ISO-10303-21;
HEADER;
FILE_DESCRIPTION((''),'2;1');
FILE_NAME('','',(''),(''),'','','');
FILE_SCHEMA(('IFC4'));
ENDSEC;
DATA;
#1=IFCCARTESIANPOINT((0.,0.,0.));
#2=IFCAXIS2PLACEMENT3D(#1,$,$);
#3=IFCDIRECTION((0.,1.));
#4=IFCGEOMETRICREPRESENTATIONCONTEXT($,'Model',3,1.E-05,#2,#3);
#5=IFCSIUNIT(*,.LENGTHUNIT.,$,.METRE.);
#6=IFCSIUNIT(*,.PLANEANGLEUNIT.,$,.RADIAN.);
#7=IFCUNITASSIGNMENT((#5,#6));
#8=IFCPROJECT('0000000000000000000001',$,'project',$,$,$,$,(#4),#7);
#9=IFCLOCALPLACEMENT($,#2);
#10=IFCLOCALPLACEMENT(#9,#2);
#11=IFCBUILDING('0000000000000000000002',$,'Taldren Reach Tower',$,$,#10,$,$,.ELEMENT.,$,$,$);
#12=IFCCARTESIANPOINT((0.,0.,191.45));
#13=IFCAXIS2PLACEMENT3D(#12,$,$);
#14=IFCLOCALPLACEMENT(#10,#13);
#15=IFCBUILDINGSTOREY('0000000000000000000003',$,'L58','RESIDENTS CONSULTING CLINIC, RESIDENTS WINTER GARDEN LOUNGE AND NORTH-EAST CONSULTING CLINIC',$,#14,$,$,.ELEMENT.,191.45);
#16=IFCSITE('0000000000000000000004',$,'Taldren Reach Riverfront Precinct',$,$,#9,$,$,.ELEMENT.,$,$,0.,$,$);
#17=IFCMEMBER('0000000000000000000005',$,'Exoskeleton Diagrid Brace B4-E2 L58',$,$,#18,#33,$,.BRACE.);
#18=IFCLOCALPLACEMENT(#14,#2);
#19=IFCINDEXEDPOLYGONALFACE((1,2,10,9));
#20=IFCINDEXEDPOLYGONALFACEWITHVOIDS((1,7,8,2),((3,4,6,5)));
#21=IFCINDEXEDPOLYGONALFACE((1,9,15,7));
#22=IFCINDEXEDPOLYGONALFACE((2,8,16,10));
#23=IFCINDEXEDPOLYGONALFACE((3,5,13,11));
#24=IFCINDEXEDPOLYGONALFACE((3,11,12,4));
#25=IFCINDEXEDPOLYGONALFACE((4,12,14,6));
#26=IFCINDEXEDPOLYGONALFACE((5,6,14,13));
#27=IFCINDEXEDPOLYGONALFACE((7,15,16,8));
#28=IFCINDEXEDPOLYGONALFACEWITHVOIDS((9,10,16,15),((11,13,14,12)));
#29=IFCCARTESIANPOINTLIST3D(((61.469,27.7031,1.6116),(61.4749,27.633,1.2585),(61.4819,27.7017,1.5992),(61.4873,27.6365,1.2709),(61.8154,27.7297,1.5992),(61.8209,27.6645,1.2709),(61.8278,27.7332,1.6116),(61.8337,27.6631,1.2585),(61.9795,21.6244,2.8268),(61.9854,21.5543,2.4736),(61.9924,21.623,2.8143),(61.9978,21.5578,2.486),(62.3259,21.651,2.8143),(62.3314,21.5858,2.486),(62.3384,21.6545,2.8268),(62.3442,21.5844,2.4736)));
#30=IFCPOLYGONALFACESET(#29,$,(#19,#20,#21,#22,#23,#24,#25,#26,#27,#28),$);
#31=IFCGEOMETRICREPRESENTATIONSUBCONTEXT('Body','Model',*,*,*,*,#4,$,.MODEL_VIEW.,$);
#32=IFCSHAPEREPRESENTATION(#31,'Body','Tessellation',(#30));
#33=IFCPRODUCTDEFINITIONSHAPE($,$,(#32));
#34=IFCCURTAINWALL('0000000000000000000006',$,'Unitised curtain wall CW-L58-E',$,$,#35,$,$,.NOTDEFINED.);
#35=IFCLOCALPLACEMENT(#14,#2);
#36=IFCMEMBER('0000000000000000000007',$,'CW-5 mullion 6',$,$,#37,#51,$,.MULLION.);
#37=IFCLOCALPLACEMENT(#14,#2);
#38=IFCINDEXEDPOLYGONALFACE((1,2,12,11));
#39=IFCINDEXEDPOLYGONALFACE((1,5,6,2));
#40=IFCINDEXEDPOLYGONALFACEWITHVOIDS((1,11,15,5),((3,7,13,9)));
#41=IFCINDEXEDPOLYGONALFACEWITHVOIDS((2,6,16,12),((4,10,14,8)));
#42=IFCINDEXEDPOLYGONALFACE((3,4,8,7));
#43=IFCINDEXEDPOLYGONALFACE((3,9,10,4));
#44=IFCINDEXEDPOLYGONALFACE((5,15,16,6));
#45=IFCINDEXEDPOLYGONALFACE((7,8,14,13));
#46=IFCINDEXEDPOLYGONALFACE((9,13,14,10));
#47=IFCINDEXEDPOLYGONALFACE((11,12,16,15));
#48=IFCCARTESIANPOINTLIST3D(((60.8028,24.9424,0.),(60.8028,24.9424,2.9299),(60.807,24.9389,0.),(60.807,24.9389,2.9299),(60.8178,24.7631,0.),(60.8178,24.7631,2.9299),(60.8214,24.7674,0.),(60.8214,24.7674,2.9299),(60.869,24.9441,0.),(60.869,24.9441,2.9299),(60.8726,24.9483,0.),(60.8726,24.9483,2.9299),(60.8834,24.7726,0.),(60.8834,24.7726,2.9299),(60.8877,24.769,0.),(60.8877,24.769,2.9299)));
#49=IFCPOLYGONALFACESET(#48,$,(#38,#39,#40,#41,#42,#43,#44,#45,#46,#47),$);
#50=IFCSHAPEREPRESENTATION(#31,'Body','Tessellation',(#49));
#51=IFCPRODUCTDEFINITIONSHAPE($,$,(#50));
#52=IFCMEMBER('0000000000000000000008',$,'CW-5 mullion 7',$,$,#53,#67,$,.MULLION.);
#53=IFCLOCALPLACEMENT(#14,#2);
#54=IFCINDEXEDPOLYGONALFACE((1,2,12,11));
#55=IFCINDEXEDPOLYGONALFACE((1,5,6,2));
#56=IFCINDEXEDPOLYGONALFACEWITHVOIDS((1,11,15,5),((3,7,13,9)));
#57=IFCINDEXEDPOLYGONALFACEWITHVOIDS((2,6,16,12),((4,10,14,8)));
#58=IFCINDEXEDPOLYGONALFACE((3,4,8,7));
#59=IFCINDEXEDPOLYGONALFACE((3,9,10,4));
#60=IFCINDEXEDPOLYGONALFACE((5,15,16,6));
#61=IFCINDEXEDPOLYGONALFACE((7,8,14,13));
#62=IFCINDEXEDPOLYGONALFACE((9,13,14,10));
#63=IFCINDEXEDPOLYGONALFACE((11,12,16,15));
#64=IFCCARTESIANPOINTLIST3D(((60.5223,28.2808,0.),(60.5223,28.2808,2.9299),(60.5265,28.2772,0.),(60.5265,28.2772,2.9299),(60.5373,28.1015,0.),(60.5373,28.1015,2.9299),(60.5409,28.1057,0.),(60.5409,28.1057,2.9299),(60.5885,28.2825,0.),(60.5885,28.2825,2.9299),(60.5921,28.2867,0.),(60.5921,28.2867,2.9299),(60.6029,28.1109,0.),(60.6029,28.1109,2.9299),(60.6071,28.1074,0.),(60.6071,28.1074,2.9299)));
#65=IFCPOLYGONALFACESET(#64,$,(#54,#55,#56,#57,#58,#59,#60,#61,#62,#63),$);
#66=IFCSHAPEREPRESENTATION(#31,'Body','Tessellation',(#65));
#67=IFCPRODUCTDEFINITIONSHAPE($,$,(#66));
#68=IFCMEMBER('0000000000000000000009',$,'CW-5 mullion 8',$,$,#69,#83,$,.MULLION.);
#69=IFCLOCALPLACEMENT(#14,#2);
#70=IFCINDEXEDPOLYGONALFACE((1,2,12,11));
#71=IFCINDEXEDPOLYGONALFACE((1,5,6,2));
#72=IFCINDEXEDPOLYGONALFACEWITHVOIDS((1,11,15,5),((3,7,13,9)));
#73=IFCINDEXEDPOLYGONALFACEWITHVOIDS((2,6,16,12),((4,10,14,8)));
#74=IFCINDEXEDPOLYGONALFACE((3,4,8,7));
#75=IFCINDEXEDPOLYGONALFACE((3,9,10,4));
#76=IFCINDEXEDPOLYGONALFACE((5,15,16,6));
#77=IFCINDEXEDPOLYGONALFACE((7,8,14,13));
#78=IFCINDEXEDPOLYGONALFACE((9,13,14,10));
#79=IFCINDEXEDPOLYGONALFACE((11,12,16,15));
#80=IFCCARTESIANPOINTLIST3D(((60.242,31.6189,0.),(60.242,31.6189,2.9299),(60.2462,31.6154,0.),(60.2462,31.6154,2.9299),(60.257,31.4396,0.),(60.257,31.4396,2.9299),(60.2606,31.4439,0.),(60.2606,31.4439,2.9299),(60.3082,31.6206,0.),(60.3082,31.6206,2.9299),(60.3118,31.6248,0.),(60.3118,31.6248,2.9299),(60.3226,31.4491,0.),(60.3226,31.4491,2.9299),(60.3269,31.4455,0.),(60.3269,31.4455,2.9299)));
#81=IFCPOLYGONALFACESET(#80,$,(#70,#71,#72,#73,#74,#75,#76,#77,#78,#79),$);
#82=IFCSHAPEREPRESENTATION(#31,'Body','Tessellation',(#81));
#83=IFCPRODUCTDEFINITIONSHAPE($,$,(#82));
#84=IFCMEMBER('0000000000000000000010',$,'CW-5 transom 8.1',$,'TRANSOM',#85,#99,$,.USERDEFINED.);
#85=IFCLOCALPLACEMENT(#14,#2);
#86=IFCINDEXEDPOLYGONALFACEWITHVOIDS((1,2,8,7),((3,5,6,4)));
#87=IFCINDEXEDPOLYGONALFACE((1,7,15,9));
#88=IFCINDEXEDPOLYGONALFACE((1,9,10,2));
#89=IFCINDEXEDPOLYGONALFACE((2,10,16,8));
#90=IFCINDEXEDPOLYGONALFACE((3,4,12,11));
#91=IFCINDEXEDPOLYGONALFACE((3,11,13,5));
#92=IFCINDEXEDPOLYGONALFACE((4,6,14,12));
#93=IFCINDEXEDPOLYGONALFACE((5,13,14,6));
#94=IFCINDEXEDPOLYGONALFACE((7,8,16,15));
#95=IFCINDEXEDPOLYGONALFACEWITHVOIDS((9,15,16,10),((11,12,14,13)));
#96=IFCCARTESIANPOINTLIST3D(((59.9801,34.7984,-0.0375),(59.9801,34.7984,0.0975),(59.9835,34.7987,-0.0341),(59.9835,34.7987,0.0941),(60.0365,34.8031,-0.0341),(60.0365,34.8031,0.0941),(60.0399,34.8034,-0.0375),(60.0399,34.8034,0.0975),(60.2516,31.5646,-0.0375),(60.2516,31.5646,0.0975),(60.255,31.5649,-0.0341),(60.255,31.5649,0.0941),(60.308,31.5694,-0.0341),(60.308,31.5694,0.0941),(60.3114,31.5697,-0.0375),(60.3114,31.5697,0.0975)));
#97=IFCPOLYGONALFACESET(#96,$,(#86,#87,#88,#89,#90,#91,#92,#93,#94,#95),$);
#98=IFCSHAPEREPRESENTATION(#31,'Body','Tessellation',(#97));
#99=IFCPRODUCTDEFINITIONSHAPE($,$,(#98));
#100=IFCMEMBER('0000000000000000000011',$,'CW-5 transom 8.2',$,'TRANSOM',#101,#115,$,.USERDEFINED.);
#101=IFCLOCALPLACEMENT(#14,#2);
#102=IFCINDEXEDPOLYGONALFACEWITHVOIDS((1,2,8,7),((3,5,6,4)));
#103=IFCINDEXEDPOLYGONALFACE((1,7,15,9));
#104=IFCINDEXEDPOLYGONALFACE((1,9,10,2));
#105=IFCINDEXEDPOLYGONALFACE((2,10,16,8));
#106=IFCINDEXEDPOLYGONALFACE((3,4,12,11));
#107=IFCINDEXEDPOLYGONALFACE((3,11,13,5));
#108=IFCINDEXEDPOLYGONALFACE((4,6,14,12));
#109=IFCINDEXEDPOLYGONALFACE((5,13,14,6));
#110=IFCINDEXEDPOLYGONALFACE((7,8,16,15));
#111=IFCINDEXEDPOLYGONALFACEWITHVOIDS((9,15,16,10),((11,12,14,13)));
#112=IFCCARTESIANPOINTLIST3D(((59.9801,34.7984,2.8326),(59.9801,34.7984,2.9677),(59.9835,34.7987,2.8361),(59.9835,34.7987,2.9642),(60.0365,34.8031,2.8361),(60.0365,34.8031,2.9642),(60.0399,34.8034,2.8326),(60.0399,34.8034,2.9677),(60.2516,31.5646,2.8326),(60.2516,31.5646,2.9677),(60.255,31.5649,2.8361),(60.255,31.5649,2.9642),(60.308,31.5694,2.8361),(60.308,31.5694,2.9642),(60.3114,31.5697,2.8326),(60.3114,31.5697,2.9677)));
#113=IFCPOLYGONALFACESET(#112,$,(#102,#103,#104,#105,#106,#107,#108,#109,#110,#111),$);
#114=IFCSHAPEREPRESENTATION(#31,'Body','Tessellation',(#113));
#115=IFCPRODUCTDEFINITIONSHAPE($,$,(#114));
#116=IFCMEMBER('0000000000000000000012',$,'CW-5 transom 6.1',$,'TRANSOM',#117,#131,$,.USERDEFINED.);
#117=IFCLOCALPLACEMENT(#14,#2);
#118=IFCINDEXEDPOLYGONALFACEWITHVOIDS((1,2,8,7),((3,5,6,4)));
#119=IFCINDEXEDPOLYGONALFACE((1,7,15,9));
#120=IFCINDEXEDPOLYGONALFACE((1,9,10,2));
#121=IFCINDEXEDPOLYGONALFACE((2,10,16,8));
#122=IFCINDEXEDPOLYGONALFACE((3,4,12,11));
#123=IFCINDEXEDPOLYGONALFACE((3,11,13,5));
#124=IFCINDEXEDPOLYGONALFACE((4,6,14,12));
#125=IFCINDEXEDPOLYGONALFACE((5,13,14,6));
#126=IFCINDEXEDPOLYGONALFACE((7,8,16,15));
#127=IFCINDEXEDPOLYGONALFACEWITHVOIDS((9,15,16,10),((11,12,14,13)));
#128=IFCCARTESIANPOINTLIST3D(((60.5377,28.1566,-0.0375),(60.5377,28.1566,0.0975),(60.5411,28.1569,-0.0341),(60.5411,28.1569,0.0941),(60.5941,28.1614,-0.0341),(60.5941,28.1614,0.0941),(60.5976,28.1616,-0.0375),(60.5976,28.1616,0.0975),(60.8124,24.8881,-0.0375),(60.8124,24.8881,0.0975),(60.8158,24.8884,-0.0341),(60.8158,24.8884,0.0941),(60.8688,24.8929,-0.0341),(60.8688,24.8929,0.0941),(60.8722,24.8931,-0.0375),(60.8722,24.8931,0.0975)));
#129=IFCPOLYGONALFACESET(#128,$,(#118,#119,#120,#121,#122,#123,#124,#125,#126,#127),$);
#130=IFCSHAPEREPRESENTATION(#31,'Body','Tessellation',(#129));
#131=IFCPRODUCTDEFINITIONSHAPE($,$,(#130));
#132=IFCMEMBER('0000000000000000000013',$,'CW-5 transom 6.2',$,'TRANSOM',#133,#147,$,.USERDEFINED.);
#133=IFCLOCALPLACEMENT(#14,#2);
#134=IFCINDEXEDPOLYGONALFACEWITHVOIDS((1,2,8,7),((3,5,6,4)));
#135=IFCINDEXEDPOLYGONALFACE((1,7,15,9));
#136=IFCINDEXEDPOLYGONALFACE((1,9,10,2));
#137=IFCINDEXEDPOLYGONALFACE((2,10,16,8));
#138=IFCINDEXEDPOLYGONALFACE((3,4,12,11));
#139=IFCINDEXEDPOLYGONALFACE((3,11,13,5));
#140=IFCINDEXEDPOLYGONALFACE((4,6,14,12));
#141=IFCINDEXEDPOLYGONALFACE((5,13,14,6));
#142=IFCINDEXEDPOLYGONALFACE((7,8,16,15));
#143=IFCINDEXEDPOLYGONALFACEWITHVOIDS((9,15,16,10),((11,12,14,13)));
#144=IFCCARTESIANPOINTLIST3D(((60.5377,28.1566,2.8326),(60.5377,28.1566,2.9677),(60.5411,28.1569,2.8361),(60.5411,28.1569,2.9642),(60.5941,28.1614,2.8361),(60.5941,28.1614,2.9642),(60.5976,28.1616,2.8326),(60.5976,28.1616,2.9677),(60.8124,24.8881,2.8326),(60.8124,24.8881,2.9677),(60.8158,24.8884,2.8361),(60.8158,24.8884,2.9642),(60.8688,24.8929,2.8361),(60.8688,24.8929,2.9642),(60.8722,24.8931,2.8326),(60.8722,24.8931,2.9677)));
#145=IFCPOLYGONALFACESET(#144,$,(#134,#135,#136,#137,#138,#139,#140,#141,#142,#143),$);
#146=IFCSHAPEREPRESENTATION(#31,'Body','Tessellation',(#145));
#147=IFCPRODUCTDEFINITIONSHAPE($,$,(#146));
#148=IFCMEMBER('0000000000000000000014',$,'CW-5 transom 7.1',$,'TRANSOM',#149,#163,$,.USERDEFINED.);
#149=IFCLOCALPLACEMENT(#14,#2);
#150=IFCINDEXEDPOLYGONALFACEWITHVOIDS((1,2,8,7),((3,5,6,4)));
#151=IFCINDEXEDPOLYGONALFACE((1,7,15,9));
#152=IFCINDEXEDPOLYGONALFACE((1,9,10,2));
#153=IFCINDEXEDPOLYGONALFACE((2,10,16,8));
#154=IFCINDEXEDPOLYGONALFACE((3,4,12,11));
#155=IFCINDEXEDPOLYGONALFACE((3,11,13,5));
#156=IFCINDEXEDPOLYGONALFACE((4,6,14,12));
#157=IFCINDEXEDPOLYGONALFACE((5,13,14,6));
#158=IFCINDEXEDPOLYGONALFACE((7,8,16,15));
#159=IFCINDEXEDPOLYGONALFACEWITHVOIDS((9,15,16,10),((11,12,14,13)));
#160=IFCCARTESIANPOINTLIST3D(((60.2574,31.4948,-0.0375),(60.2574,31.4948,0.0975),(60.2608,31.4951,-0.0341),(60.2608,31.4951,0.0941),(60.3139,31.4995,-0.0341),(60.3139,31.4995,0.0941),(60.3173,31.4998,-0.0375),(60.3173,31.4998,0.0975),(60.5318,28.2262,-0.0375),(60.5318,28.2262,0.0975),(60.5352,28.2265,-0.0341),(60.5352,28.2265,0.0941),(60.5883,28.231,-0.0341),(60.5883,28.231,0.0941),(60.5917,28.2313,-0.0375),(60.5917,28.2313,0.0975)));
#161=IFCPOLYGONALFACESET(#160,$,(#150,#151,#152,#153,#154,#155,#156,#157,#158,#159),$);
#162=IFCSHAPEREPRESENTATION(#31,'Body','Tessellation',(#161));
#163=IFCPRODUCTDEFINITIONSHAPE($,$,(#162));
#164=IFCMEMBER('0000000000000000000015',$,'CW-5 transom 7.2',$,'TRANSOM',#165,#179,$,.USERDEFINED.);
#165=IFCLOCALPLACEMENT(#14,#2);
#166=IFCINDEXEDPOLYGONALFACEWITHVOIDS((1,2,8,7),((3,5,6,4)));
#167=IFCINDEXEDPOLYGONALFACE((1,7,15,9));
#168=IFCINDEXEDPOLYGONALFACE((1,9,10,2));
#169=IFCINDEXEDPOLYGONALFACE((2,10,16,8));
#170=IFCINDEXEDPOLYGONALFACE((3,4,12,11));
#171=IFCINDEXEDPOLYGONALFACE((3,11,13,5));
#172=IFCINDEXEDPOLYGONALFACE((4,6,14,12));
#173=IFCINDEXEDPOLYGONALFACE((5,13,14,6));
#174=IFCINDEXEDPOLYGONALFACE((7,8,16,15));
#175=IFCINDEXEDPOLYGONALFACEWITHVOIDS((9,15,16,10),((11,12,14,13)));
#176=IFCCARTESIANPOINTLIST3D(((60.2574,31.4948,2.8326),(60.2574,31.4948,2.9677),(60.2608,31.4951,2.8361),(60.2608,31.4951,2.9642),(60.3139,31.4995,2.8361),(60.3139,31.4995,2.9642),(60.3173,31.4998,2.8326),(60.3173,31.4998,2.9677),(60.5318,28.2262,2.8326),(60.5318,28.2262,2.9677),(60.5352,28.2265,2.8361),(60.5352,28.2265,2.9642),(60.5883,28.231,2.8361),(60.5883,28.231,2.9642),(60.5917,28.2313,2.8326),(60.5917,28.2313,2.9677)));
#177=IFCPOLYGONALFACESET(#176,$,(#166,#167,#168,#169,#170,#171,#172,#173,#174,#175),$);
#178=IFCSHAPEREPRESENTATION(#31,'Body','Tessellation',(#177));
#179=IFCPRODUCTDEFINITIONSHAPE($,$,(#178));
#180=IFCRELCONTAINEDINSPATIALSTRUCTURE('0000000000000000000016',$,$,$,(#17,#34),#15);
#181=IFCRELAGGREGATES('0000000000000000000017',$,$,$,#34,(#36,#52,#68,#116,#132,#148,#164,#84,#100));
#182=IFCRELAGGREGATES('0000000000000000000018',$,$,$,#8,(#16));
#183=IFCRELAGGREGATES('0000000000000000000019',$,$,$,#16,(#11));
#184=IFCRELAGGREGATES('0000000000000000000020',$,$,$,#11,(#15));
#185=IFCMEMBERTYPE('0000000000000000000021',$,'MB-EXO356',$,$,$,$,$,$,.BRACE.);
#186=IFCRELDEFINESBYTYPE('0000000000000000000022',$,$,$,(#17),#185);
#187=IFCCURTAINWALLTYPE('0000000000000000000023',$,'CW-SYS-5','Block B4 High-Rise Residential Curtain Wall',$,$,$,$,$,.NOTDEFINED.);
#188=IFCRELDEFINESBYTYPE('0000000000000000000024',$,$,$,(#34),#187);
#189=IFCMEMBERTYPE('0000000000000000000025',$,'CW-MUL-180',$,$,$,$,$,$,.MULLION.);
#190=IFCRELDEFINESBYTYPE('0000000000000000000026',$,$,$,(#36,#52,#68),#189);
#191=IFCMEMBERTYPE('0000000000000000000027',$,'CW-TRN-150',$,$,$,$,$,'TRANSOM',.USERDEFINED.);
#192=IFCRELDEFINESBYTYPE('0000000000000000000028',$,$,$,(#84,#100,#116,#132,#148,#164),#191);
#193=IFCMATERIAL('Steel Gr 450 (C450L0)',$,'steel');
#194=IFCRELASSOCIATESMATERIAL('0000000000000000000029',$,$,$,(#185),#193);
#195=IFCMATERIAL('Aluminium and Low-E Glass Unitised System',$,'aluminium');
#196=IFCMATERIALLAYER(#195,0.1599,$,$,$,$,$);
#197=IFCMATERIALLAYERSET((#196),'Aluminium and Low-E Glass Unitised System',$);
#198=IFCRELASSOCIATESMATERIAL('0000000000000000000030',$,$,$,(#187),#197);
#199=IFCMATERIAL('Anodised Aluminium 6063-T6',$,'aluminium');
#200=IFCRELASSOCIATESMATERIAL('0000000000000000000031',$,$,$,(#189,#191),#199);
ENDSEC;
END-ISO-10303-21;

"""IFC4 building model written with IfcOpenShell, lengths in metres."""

from ifc_helpers import new_model, si_unit, direction, frame, origin, origin_2d, place, context, subcontext, project, spatial, hollow_rectangle, extrude, source, transform, mapped, material, layer, layer_set, material_profile, profile_set, type_object, element, aggregate, save


model = new_model("IFC4")

# Units and contexts
model_context = context("Model", 3, precision=1e-05, world=origin(), true_north=direction((0.0, 1.0)))
body_context = subcontext(model_context, "Body", "Model", "MODEL_VIEW")
ifc_project = project(units=[si_unit("LENGTHUNIT", "METRE"), si_unit("PLANEANGLEUNIT", "RADIAN")], contexts=[model_context])

# Site, building, storey
site_placement = place(None, origin())
site = spatial("IfcSite", under=ifc_project, at=site_placement, Name="Taldren Reach Riverfront Precinct", CompositionType="ELEMENT", RefElevation=0.0)
building_placement = place(site_placement, origin())
building = spatial("IfcBuilding", under=site, at=building_placement, Name="Taldren Reach Tower", CompositionType="ELEMENT")
storey_placement = place(building_placement, frame((0.0, 0.0, 191.45)))
storey = spatial("IfcBuildingStorey", under=building, at=storey_placement, Name="L58", Description="RESIDENTS CONSULTING CLINIC, RESIDENTS WINTER GARDEN LOUNGE AND NORTH-EAST CONSULTING CLINIC", CompositionType="ELEMENT", Elevation=191.45)

# Shared definitions
ifc_material_1 = material(Name="Steel Gr 450 (C450L0)", Category="steel")

# Member
ifc_material_profile_1 = material_profile(ifc_material_1, hollow_rectangle(XDim=0.3601, YDim=0.3601, WallThickness=0.0127, at=origin_2d()), Name="360x360x12.7SHS")
ifc_profile_set_1 = profile_set([ifc_material_profile_1], Name="Steel Gr 450 (C450L0)")
member_type_1 = type_object("IfcMemberType", Name="MB-EXO356", PredefinedType="BRACE", material=ifc_profile_set_1)
shared_shape_1 = source(origin(), body_context, "Body", "SweptSolid", [
    extrude(hollow_rectangle(XDim=0.3601, YDim=0.3601, WallThickness=0.0127, at=origin_2d()), origin(), (0.0, 0.0, 1.0), 6.22),
])
member_1_placement = place(storey_placement, frame((61.6514, 27.6831, 1.4351), z_axis=(0.082076, -0.977292, 0.195356), x_axis=(0.996492, 0.083688, 0.0)))
element("IfcMember", 1, at=member_1_placement, inside=storey, type_object=member_type_1, Name="Exoskeleton Diagrid Brace B4-E2 L58", PredefinedType="BRACE", context=body_context, shape_type="MappedRepresentation", body=[
    mapped(shared_shape_1, transform((0.0, 0.0, 0.0), scale=1.0)),
])

# Curtain wall, members
ifc_material_2 = material(Name="Aluminium and Low-E Glass Unitised System", Category="aluminium")
ifc_layer_1 = layer(ifc_material_2, 0.1599)
ifc_layer_set_1 = layer_set([ifc_layer_1], Name="Aluminium and Low-E Glass Unitised System")
curtain_wall_type = type_object("IfcCurtainWallType", Name="CW-SYS-5", Description="Block B4 High-Rise Residential Curtain Wall", PredefinedType="NOTDEFINED", material=ifc_layer_set_1)
curtain_wall_placement = place(storey_placement, origin())
curtain_wall = element("IfcCurtainWall", 2, at=curtain_wall_placement, inside=storey, type_object=curtain_wall_type, Name="Unitised curtain wall CW-L58-E", PredefinedType="NOTDEFINED")
ifc_material_3 = material(Name="Anodised Aluminium 6063-T6", Category="aluminium")
ifc_material_profile_2 = material_profile(ifc_material_3, hollow_rectangle(XDim=0.0701, YDim=0.1799, WallThickness=0.0039, at=origin_2d()), Name="ALU-180x70x4RHS")
ifc_profile_set_2 = profile_set([ifc_material_profile_2], Name="Anodised Aluminium 6063-T6")
member_type_2 = type_object("IfcMemberType", Name="CW-MUL-180", PredefinedType="MULLION", material=ifc_profile_set_2)
shared_shape_2 = source(origin(), body_context, "Body", "SweptSolid", [
    extrude(hollow_rectangle(XDim=0.0701, YDim=0.1799, WallThickness=0.0039, at=origin_2d()), origin(), (0.0, 0.0, 1.0), 2.9299),
])
member_2_placement = place(storey_placement, frame((60.8452, 24.8557, 0.0), z_axis=(0.0, 0.0, 1.0), x_axis=(-0.996493, -0.083678, 0.0)))
member_2 = element("IfcMember", 3, at=member_2_placement, type_object=member_type_2, Name="CW-5 mullion 6", PredefinedType="MULLION", context=body_context, shape_type="MappedRepresentation", body=[
    mapped(shared_shape_2, transform((0.0, 0.0, 0.0), scale=1.0)),
])
member_3_placement = place(storey_placement, frame((60.5647, 28.1941, 0.0), z_axis=(0.0, 0.0, 1.0), x_axis=(-0.996493, -0.083678, 0.0)))
member_3 = element("IfcMember", 4, at=member_3_placement, type_object=member_type_2, Name="CW-5 mullion 7", PredefinedType="MULLION", context=body_context, shape_type="MappedRepresentation", body=[
    mapped(shared_shape_2, transform((0.0, 0.0, 0.0), scale=1.0)),
])
member_4_placement = place(storey_placement, frame((60.2844, 31.5322, 0.0), z_axis=(0.0, 0.0, 1.0), x_axis=(-0.996493, -0.083678, 0.0)))
member_4 = element("IfcMember", 5, at=member_4_placement, type_object=member_type_2, Name="CW-5 mullion 8", PredefinedType="MULLION", context=body_context, shape_type="MappedRepresentation", body=[
    mapped(shared_shape_2, transform((0.0, 0.0, 0.0), scale=1.0)),
])
ifc_material_profile_3 = material_profile(ifc_material_3, hollow_rectangle(XDim=0.0601, YDim=0.135, WallThickness=0.0034, at=origin_2d()), Name="ALU-135x60x3.5RHS")
ifc_profile_set_3 = profile_set([ifc_material_profile_3], Name="Anodised Aluminium 6063-T6")
member_type_3 = type_object("IfcMemberType", Name="CW-TRN-150", ElementType="TRANSOM", PredefinedType="USERDEFINED", material=ifc_profile_set_3)
shared_shape_3 = source(origin(), body_context, "Body", "SweptSolid", [
    extrude(hollow_rectangle(XDim=0.0601, YDim=0.135, WallThickness=0.0034, at=origin_2d()), origin(), (0.0, 0.0, 1.0), 3.2451),
])
member_5_placement = place(storey_placement, frame((60.2815, 31.5671, 0.03), z_axis=(-0.083662, 0.996494, 0.0), x_axis=(-0.996494, -0.083662, 0.0)))
member_5 = element("IfcMember", 6, at=member_5_placement, type_object=member_type_3, Name="CW-5 transom 8.1", ObjectType="TRANSOM", PredefinedType="USERDEFINED", context=body_context, shape_type="MappedRepresentation", body=[
    mapped(shared_shape_3, transform((0.0, 0.0, 0.0), scale=1.0)),
])
member_6_placement = place(storey_placement, frame((60.2815, 31.5671, 2.9001), z_axis=(-0.083662, 0.996494, 0.0), x_axis=(-0.996494, -0.083662, 0.0)))
member_6 = element("IfcMember", 7, at=member_6_placement, type_object=member_type_3, Name="CW-5 transom 8.2", ObjectType="TRANSOM", PredefinedType="USERDEFINED", context=body_context, shape_type="MappedRepresentation", body=[
    mapped(shared_shape_3, transform((0.0, 0.0, 0.0), scale=1.0)),
])
shared_shape_4 = source(origin(), body_context, "Body", "SweptSolid", [
    extrude(hollow_rectangle(XDim=0.0601, YDim=0.135, WallThickness=0.0034, at=origin_2d()), origin(), (0.0, 0.0, 1.0), 3.28),
])
member_7_placement = place(storey_placement, frame((60.8423, 24.8906, 0.03), z_axis=(-0.083735, 0.996488, 0.0), x_axis=(-0.996488, -0.083735, 0.0)))
member_7 = element("IfcMember", 8, at=member_7_placement, type_object=member_type_3, Name="CW-5 transom 6.1", ObjectType="TRANSOM", PredefinedType="USERDEFINED", context=body_context, shape_type="MappedRepresentation", body=[
    mapped(shared_shape_4, transform((0.0, 0.0, 0.0), scale=1.0)),
])
member_8_placement = place(storey_placement, frame((60.8423, 24.8906, 2.9001), z_axis=(-0.083735, 0.996488, 0.0), x_axis=(-0.996488, -0.083735, 0.0)))
member_8 = element("IfcMember", 9, at=member_8_placement, type_object=member_type_3, Name="CW-5 transom 6.2", ObjectType="TRANSOM", PredefinedType="USERDEFINED", context=body_context, shape_type="MappedRepresentation", body=[
    mapped(shared_shape_4, transform((0.0, 0.0, 0.0), scale=1.0)),
])
member_9_placement = place(storey_placement, frame((60.5618, 28.2288, 0.03), z_axis=(-0.083661, 0.996494, 0.0), x_axis=(-0.996494, -0.083661, 0.0)))
member_9 = element("IfcMember", 10, at=member_9_placement, type_object=member_type_3, Name="CW-5 transom 7.1", ObjectType="TRANSOM", PredefinedType="USERDEFINED", context=body_context, shape_type="MappedRepresentation", body=[
    mapped(shared_shape_4, transform((0.0, 0.0, 0.0), scale=1.0)),
])
member_10_placement = place(storey_placement, frame((60.5618, 28.2288, 2.9001), z_axis=(-0.083661, 0.996494, 0.0), x_axis=(-0.996494, -0.083661, 0.0)))
member_10 = element("IfcMember", 11, at=member_10_placement, type_object=member_type_3, Name="CW-5 transom 7.2", ObjectType="TRANSOM", PredefinedType="USERDEFINED", context=body_context, shape_type="MappedRepresentation", body=[
    mapped(shared_shape_4, transform((0.0, 0.0, 0.0), scale=1.0)),
])
aggregate(curtain_wall, [member_2, member_3, member_4, member_7, member_8, member_9, member_10, member_5, member_6])

save(model, "model.ifc")
